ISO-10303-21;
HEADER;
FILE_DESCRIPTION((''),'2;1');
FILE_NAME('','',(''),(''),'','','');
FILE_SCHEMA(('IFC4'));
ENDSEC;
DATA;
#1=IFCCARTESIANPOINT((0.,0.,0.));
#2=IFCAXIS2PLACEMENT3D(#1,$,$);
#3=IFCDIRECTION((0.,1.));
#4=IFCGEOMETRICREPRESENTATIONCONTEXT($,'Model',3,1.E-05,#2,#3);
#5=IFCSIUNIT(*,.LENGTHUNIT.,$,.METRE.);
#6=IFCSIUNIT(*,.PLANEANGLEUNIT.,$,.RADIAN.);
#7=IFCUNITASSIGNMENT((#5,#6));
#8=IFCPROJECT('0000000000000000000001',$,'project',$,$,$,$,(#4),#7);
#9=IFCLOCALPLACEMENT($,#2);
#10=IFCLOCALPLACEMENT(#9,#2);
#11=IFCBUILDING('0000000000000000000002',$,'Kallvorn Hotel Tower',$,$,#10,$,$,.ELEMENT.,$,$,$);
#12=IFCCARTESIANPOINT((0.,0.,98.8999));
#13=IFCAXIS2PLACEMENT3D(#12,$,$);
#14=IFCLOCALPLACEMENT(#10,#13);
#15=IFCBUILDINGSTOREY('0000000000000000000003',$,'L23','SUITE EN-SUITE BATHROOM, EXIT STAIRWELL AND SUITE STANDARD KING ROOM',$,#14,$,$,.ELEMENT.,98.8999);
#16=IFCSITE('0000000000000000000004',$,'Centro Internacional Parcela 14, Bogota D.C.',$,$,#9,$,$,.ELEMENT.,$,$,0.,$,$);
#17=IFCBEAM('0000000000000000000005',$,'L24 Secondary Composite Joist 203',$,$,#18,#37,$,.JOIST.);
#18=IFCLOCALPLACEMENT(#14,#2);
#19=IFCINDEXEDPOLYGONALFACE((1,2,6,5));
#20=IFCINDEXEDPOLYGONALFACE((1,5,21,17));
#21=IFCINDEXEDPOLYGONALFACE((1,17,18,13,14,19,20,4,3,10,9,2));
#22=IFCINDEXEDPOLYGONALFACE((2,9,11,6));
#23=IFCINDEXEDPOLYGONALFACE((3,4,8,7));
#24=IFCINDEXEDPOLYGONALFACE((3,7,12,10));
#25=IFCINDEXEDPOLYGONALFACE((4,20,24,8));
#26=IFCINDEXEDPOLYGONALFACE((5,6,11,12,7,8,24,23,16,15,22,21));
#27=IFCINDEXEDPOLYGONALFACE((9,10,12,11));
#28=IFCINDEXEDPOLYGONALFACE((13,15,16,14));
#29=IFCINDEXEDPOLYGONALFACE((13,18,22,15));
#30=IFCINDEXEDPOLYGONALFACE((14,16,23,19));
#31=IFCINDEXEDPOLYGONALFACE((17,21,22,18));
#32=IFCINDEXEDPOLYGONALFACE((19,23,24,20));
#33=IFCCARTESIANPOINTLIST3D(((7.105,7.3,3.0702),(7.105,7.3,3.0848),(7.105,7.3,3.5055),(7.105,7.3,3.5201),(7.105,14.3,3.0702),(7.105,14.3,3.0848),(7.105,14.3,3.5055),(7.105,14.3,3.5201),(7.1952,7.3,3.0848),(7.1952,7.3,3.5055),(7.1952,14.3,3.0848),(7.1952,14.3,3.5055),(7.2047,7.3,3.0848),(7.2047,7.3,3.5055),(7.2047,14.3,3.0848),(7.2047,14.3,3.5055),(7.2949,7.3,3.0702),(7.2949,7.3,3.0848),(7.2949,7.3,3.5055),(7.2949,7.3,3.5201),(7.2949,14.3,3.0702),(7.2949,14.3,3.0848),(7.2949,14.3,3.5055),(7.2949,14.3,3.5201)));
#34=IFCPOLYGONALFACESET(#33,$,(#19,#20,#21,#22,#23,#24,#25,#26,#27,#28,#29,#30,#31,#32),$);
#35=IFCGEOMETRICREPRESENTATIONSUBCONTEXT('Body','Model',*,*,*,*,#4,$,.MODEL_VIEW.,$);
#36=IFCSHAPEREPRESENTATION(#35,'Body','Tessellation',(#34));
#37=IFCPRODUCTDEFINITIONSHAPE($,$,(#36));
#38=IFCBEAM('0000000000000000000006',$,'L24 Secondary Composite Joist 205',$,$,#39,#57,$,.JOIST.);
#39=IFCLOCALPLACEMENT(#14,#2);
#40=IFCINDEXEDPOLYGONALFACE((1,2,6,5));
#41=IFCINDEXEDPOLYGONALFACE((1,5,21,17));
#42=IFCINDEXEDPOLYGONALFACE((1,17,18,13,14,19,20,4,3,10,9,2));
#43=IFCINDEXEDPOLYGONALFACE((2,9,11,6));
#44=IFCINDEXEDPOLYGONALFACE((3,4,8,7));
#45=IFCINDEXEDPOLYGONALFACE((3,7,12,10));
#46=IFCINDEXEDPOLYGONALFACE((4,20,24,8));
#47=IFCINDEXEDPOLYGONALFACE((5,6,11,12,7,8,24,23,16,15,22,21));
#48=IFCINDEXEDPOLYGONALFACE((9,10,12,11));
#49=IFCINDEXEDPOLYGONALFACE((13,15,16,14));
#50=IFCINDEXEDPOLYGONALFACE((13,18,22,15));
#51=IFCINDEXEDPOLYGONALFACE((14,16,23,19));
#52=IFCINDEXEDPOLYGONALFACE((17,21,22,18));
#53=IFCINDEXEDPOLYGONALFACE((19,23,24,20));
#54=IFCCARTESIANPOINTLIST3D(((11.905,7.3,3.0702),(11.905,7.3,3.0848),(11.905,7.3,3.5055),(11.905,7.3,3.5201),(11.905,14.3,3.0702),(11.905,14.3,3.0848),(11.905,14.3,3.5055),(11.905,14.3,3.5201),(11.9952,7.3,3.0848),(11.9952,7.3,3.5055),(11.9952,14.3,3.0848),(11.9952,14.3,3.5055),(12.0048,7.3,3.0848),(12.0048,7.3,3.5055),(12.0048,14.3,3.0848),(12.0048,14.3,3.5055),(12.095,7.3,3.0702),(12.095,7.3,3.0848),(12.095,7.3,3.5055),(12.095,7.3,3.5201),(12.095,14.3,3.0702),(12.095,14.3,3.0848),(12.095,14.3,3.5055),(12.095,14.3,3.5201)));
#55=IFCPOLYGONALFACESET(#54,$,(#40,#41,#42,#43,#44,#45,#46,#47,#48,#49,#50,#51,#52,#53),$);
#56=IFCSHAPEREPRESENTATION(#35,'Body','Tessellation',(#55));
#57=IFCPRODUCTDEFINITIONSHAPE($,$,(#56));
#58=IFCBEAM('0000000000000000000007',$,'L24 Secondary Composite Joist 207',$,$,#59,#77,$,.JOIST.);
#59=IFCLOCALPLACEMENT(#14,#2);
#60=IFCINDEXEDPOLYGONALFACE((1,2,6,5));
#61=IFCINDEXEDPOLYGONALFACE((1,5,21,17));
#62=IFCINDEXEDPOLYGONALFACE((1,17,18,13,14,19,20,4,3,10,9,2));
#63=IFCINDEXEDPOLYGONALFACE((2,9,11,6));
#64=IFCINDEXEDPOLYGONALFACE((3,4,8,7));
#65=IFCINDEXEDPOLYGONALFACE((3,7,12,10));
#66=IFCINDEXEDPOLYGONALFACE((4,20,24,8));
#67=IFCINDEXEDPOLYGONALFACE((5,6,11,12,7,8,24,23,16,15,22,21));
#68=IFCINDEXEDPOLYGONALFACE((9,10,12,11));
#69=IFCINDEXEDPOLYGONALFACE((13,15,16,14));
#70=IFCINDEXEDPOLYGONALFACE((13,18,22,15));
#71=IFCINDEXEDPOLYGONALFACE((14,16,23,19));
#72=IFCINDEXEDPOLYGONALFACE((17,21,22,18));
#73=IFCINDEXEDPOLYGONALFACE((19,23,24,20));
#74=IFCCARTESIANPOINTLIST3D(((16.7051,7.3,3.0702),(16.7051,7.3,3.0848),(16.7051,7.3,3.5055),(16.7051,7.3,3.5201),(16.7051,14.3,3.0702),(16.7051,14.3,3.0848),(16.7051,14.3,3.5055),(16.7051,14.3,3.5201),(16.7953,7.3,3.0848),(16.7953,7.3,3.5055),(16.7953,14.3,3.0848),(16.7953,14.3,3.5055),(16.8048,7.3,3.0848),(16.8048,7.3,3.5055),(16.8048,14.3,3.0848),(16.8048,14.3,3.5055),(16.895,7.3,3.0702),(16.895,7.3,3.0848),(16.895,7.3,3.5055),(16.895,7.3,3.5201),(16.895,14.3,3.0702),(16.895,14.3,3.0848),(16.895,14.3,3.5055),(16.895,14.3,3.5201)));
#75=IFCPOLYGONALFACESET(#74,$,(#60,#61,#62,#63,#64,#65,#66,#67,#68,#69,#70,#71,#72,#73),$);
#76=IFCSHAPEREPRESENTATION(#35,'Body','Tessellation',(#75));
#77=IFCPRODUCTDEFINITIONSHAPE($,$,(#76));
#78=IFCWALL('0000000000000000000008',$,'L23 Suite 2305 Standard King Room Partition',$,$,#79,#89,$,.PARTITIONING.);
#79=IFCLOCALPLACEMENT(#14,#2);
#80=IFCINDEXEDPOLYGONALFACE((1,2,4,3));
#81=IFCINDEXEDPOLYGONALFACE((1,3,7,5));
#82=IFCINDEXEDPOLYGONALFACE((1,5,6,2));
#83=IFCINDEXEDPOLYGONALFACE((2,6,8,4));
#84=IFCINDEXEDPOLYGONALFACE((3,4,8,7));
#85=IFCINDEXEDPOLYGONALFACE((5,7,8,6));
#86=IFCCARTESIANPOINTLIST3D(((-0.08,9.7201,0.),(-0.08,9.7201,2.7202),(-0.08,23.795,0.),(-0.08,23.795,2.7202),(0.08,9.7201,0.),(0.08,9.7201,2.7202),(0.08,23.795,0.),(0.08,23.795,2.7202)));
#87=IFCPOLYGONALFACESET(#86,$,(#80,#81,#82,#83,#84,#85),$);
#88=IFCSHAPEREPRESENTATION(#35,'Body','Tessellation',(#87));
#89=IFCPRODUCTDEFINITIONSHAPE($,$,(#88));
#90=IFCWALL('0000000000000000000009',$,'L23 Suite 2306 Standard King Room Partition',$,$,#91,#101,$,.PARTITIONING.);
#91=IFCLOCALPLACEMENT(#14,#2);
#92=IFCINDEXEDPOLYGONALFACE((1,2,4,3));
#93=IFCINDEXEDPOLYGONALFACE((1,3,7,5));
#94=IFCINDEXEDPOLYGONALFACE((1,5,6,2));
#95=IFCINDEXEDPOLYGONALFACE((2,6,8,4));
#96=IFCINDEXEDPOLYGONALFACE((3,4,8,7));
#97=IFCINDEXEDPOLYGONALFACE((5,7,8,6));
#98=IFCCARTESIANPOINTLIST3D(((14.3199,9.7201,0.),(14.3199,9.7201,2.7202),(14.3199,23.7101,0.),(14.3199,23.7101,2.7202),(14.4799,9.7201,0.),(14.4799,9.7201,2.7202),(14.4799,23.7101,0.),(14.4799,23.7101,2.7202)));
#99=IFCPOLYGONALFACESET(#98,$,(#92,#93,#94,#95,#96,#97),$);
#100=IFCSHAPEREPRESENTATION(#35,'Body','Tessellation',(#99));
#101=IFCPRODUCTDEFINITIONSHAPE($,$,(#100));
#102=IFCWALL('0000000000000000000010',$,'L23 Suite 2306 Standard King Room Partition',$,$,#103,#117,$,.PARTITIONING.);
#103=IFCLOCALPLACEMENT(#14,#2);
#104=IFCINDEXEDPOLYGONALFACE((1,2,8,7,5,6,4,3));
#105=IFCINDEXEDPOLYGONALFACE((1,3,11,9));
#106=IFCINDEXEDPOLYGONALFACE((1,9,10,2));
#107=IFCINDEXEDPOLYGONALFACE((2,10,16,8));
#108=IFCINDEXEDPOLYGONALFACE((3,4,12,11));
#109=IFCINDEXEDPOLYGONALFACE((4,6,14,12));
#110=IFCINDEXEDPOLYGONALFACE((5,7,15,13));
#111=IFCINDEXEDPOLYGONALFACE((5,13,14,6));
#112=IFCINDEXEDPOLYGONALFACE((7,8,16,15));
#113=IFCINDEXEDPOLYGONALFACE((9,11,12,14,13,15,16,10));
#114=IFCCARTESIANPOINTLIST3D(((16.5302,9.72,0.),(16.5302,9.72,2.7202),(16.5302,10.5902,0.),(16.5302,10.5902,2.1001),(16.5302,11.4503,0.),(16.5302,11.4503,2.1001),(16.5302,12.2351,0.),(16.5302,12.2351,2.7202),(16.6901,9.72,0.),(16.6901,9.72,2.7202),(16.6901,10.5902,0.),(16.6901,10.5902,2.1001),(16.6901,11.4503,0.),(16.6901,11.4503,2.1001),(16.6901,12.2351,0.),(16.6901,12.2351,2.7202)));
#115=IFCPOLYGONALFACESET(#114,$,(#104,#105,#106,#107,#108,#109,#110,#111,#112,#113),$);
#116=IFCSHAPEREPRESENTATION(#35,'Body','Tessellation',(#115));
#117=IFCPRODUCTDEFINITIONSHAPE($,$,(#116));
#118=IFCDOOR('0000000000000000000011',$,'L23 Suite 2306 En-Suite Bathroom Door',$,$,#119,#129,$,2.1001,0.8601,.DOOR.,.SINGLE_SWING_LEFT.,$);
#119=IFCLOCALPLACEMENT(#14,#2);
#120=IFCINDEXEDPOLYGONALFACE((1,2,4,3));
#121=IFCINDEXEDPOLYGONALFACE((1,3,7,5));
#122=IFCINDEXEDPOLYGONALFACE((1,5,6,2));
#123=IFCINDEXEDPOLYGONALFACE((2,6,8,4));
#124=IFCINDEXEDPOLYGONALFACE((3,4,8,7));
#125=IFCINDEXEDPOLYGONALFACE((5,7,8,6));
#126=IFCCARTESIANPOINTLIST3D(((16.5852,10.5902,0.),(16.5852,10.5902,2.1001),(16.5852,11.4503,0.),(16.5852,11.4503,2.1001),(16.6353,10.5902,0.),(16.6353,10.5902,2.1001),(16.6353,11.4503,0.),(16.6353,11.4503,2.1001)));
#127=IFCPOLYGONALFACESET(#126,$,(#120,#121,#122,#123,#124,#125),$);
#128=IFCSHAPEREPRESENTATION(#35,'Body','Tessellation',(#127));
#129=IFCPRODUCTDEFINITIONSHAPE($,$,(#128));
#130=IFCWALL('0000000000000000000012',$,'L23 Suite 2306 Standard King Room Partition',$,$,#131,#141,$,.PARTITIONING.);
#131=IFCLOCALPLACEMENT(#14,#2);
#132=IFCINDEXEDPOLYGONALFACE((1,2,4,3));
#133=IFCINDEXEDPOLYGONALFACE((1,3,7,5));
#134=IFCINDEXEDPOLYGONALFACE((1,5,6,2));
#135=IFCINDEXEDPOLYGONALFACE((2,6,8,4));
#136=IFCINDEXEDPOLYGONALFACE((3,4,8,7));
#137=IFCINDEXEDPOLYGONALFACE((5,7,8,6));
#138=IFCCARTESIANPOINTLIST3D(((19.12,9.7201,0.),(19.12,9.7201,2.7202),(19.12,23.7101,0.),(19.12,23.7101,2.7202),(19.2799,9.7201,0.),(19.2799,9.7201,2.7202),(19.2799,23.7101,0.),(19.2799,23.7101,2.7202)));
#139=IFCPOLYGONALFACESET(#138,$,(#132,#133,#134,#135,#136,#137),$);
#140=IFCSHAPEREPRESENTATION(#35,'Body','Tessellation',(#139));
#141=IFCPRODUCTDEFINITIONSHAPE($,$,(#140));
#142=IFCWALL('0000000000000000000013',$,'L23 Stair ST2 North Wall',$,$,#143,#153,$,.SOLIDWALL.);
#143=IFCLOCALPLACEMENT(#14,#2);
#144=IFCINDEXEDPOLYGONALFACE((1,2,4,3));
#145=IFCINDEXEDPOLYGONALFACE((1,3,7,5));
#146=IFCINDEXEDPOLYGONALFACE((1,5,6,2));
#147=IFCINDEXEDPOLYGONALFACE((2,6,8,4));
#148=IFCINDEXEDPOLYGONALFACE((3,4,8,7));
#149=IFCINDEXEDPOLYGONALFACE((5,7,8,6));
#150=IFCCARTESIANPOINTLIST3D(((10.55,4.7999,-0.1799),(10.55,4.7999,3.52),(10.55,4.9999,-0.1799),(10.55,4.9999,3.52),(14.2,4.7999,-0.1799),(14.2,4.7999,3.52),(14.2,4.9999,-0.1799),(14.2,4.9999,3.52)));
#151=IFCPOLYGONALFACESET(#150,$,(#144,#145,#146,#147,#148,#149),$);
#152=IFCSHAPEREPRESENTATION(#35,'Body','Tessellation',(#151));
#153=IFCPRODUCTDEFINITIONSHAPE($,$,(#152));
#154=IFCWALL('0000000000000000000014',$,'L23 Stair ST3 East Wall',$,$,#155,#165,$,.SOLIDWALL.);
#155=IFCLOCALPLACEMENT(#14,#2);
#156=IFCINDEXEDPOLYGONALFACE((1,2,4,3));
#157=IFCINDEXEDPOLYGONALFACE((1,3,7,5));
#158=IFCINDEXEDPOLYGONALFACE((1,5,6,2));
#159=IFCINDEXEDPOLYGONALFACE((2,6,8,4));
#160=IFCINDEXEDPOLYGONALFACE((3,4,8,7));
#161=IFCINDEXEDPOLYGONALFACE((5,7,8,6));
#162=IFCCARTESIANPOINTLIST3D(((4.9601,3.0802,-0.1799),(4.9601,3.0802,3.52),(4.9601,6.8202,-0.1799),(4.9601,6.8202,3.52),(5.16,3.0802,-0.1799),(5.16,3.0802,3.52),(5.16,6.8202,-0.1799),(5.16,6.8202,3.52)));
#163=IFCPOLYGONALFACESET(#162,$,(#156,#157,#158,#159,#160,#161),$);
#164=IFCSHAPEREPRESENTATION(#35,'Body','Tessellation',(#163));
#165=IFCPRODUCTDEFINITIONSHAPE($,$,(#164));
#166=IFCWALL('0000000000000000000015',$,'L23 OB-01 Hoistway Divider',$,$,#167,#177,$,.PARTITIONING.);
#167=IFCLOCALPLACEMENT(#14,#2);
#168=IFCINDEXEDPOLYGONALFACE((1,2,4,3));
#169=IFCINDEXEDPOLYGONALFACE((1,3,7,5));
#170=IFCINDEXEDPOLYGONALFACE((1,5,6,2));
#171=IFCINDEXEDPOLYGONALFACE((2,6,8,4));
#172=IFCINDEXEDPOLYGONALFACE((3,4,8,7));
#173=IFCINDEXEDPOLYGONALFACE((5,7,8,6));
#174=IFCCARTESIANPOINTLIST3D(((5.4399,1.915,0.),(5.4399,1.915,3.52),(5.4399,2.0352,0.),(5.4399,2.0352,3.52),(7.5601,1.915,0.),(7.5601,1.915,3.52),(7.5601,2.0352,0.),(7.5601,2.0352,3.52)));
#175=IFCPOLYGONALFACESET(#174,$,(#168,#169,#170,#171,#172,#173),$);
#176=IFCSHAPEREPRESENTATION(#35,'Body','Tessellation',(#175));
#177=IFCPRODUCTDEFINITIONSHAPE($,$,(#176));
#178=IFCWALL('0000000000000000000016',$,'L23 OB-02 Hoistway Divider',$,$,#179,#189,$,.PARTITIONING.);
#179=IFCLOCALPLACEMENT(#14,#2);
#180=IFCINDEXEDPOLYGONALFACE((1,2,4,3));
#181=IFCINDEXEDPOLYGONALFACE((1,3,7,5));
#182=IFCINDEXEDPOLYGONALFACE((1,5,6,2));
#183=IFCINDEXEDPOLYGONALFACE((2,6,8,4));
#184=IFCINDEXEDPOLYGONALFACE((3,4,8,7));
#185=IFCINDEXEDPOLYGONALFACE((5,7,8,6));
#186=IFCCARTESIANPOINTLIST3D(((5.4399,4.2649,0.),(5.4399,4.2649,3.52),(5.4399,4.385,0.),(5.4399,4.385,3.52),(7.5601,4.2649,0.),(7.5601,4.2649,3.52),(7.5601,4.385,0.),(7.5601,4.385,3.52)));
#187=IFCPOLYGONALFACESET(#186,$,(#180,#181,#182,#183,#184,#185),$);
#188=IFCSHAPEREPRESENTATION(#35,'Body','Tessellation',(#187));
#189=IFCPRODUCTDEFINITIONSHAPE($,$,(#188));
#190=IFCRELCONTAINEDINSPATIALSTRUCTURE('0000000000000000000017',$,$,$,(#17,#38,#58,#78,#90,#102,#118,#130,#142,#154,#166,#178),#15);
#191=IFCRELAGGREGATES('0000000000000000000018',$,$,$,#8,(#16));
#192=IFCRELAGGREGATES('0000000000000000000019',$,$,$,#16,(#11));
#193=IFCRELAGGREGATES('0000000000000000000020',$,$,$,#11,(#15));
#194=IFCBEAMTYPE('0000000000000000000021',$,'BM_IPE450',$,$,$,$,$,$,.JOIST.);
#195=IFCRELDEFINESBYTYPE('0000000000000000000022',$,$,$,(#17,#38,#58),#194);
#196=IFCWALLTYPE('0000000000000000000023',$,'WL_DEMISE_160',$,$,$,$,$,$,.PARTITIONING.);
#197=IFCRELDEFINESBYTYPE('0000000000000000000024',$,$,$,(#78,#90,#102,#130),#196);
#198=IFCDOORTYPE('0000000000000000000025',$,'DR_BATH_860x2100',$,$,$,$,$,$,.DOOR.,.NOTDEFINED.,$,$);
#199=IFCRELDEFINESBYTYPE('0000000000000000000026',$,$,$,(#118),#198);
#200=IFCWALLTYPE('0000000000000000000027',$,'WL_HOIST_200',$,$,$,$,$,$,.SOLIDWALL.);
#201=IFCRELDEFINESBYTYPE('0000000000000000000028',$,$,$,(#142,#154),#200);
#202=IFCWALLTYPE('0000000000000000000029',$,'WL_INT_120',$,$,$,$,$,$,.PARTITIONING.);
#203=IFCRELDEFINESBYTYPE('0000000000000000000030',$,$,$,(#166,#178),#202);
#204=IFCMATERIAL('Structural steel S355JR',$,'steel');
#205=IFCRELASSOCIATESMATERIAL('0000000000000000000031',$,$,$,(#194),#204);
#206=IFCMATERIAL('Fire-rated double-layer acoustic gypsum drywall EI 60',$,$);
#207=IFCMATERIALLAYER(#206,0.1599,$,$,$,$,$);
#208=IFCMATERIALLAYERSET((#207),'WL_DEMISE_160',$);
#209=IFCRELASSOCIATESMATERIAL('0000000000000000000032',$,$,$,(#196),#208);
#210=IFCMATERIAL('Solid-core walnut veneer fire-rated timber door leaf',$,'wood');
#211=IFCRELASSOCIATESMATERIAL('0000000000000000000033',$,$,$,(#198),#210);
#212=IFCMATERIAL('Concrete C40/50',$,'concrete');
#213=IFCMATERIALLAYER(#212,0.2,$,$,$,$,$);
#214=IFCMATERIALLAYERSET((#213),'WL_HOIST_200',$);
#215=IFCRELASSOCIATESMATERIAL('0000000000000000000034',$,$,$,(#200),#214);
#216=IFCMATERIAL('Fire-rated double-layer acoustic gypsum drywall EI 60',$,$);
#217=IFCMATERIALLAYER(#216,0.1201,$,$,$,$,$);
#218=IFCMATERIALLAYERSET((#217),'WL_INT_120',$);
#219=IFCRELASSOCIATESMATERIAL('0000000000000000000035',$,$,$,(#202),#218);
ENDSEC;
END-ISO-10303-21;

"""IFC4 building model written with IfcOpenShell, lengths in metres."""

from ifc_helpers import new_model, si_unit, direction, frame, frame_2d, origin, origin_2d, place, context, subcontext, project, spatial, rectangle, i_section, extrude, material, layer, layer_set, material_profile, profile_set, type_object, element, fill, save


model = new_model("IFC4")

# Units and contexts
model_context = context("Model", 3, precision=1e-05, world=origin(), true_north=direction((0.0, 1.0)))
body_context = subcontext(model_context, "Body", "Model", "MODEL_VIEW")
ifc_project = project(units=[si_unit("LENGTHUNIT", "METRE"), si_unit("PLANEANGLEUNIT", "RADIAN")], contexts=[model_context])

# Site, building, storey
site_placement = place(None, origin())
site = spatial("IfcSite", under=ifc_project, at=site_placement, Name="Centro Internacional Parcela 14, Bogota D.C.", CompositionType="ELEMENT", RefElevation=0.0)
building_placement = place(site_placement, origin())
building = spatial("IfcBuilding", under=site, at=building_placement, Name="Kallvorn Hotel Tower", CompositionType="ELEMENT")
storey_placement = place(building_placement, frame((0.0, 0.0, 98.8999)))
storey = spatial("IfcBuildingStorey", under=building, at=storey_placement, Name="L23", Description="SUITE EN-SUITE BATHROOM, EXIT STAIRWELL AND SUITE STANDARD KING ROOM", CompositionType="ELEMENT", Elevation=98.8999)

# Beams
ifc_material_1 = material(Name="Structural steel S355JR", Category="steel")
ifc_material_profile_1 = material_profile(ifc_material_1, i_section(OverallWidth=0.1899, OverallDepth=0.45, WebThickness=0.0095, FlangeThickness=0.0146, at=origin_2d()), Name="IPE 450")
ifc_profile_set_1 = profile_set([ifc_material_profile_1], Name="Structural steel S355JR")
beam_type_1 = type_object("IfcBeamType", Name="BM_IPE450", PredefinedType="JOIST", material=ifc_profile_set_1)
for number, where, z_axis, x_axis, name in (
    (1, (7.2, 7.3, 3.2952), (0.0, 1.0, 0.0), (-1.0, 0.0, 0.0), "L24 Secondary Composite Joist 203"),
    (2, (12.0, 7.3, 3.2952), (0.0, 1.0, 0.0), (-1.0, 0.0, 0.0), "L24 Secondary Composite Joist 205"),
    (3, (16.8, 7.3, 3.2952), (0.0, 1.0, 0.0), (-1.0, 0.0, 0.0), "L24 Secondary Composite Joist 207"),
):
    element("IfcBeam", number, at=place(storey_placement, frame(where, z_axis=z_axis, x_axis=x_axis)), inside=storey, type_object=beam_type_1, Name=name, PredefinedType="JOIST", context=body_context, shape_type="SweptSolid", body=[
        extrude(i_section(OverallWidth=0.1899, OverallDepth=0.45, WebThickness=0.0095, FlangeThickness=0.0146, at=origin_2d()), origin(), (0.0, 0.0, 1.0), 7.0),
    ])

# Walls
ifc_material_2 = material(Name="Fire-rated double-layer acoustic gypsum drywall EI 60")
ifc_layer_1 = layer(ifc_material_2, 0.1599)
ifc_layer_set_1 = layer_set([ifc_layer_1], Name="WL_DEMISE_160")
wall_type_1 = type_object("IfcWallType", Name="WL_DEMISE_160", PredefinedType="PARTITIONING", material=ifc_layer_set_1)
wall_1_placement = place(storey_placement, frame((0.0, 9.72, 0.0), z_axis=(0.0, 0.0, 1.0), x_axis=(0.0, 1.0, 0.0)))
element("IfcWall", 4, at=wall_1_placement, inside=storey, type_object=wall_type_1, Name="L23 Suite 2305 Standard King Room Partition", PredefinedType="PARTITIONING", context=body_context, shape_type="SweptSolid", body=[
    extrude(rectangle(XDim=14.075, YDim=0.1599, at=frame_2d((7.0376, 0.0))), origin(), (0.0, 0.0, 1.0), 2.7202),
])
wall_2_placement = place(storey_placement, frame((14.3999, 9.72, 0.0), z_axis=(0.0, 0.0, 1.0), x_axis=(0.0, 1.0, 0.0)))
element("IfcWall", 5, at=wall_2_placement, inside=storey, type_object=wall_type_1, Name="L23 Suite 2306 Standard King Room Partition", PredefinedType="PARTITIONING", context=body_context, shape_type="SweptSolid", body=[
    extrude(rectangle(XDim=13.99, YDim=0.1599, at=frame_2d((6.9951, 0.0))), origin(), (0.0, 0.0, 1.0), 2.7202),
])

# Wall, opening, door
wall_3_placement = place(storey_placement, frame((16.6101, 9.72, 0.0), z_axis=(0.0, 0.0, 1.0), x_axis=(0.0, 1.0, 0.0)))
wall_3 = element("IfcWall", 6, at=wall_3_placement, inside=storey, type_object=wall_type_1, Name="L23 Suite 2306 Standard King Room Partition", PredefinedType="PARTITIONING", context=body_context, shape_type="SweptSolid", body=[
    extrude(rectangle(XDim=2.5151, YDim=0.1599, at=frame_2d((1.2576, 0.0))), origin(), (0.0, 0.0, 1.0), 2.7202),
])
opening_1_placement = place(wall_3_placement, frame((0.8701, 0.0, 0.0)))
opening_1 = element("IfcOpeningElement", 7, at=opening_1_placement, cuts=wall_3, PredefinedType="OPENING", context=body_context, shape_type="SweptSolid", body=[
    extrude(rectangle(XDim=0.8601, YDim=2.1001, at=frame_2d((0.4302, 1.05))), frame((0.0, 0.095, 0.0), z_axis=(0.0, -1.0, 0.0), x_axis=(1.0, 0.0, 0.0)), (0.0, 0.0, 1.0), 0.1899),
])
ifc_material_3 = material(Name="Solid-core walnut veneer fire-rated timber door leaf", Category="wood")
door_type_1 = type_object("IfcDoorType", Name="DR_BATH_860x2100", OperationType="NOTDEFINED", PredefinedType="DOOR", material=ifc_material_3)
door_1_placement = place(opening_1_placement, origin())
door_1 = element("IfcDoor", 8, at=door_1_placement, inside=storey, type_object=door_type_1, Name="L23 Suite 2306 En-Suite Bathroom Door", OperationType="SINGLE_SWING_LEFT", OverallHeight=2.1001, OverallWidth=0.8601, PredefinedType="DOOR", context=body_context, shape_type="SweptSolid", body=[
    extrude(rectangle(XDim=0.8601, YDim=2.1001, at=frame_2d((0.4302, 1.05))), frame((0.0, 0.0249, 0.0), z_axis=(0.0, -1.0, 0.0), x_axis=(1.0, 0.0, 0.0)), (0.0, 0.0, 1.0), 0.05),
])
fill(opening_1, door_1)

# Walls
wall_4_placement = place(storey_placement, frame((19.2, 9.72, 0.0), z_axis=(0.0, 0.0, 1.0), x_axis=(0.0, 1.0, 0.0)))
element("IfcWall", 9, at=wall_4_placement, inside=storey, type_object=wall_type_1, Name="L23 Suite 2306 Standard King Room Partition", PredefinedType="PARTITIONING", context=body_context, shape_type="SweptSolid", body=[
    extrude(rectangle(XDim=13.99, YDim=0.1599, at=frame_2d((6.9951, 0.0))), origin(), (0.0, 0.0, 1.0), 2.7202),
])
ifc_material_4 = material(Name="Concrete C40/50", Category="concrete")
ifc_layer_2 = layer(ifc_material_4, 0.2)
ifc_layer_set_2 = layer_set([ifc_layer_2], Name="WL_HOIST_200")
wall_type_2 = type_object("IfcWallType", Name="WL_HOIST_200", PredefinedType="SOLIDWALL", material=ifc_layer_set_2)
wall_5_placement = place(storey_placement, frame((10.55, 4.8999, -0.1799), z_axis=(0.0, 0.0, 1.0), x_axis=(1.0, 0.0, 0.0)))
element("IfcWall", 10, at=wall_5_placement, inside=storey, type_object=wall_type_2, Name="L23 Stair ST2 North Wall", PredefinedType="SOLIDWALL", context=body_context, shape_type="SweptSolid", body=[
    extrude(rectangle(XDim=3.6499, YDim=0.2, at=frame_2d((1.825, 0.0))), origin(), (0.0, 0.0, 1.0), 3.7),
])
wall_6_placement = place(storey_placement, frame((5.0601, 3.0801, -0.1799), z_axis=(0.0, 0.0, 1.0), x_axis=(0.0, 1.0, 0.0)))
element("IfcWall", 11, at=wall_6_placement, inside=storey, type_object=wall_type_2, Name="L23 Stair ST3 East Wall", PredefinedType="SOLIDWALL", context=body_context, shape_type="SweptSolid", body=[
    extrude(rectangle(XDim=3.74, YDim=0.2, at=frame_2d((1.8701, 0.0))), origin(), (0.0, 0.0, 1.0), 3.7),
])
ifc_material_5 = material(Name="Fire-rated double-layer acoustic gypsum drywall EI 60")
ifc_layer_3 = layer(ifc_material_5, 0.1201)
ifc_layer_set_3 = layer_set([ifc_layer_3], Name="WL_INT_120")
wall_type_3 = type_object("IfcWallType", Name="WL_INT_120", PredefinedType="PARTITIONING", material=ifc_layer_set_3)
for number, where, z_axis, x_axis, name in (
    (12, (5.4399, 1.9751, 0.0), (0.0, 0.0, 1.0), (1.0, 0.0, 0.0), "L23 OB-01 Hoistway Divider"),
    (13, (5.4399, 4.325, 0.0), (0.0, 0.0, 1.0), (1.0, 0.0, 0.0), "L23 OB-02 Hoistway Divider"),
):
    element("IfcWall", number, at=place(storey_placement, frame(where, z_axis=z_axis, x_axis=x_axis)), inside=storey, type_object=wall_type_3, Name=name, PredefinedType="PARTITIONING", context=body_context, shape_type="SweptSolid", body=[
        extrude(rectangle(XDim=2.1201, YDim=0.1201, at=frame_2d((1.0601, 0.0))), origin(), (0.0, 0.0, 1.0), 3.52),
    ])

save(model, "model.ifc")
